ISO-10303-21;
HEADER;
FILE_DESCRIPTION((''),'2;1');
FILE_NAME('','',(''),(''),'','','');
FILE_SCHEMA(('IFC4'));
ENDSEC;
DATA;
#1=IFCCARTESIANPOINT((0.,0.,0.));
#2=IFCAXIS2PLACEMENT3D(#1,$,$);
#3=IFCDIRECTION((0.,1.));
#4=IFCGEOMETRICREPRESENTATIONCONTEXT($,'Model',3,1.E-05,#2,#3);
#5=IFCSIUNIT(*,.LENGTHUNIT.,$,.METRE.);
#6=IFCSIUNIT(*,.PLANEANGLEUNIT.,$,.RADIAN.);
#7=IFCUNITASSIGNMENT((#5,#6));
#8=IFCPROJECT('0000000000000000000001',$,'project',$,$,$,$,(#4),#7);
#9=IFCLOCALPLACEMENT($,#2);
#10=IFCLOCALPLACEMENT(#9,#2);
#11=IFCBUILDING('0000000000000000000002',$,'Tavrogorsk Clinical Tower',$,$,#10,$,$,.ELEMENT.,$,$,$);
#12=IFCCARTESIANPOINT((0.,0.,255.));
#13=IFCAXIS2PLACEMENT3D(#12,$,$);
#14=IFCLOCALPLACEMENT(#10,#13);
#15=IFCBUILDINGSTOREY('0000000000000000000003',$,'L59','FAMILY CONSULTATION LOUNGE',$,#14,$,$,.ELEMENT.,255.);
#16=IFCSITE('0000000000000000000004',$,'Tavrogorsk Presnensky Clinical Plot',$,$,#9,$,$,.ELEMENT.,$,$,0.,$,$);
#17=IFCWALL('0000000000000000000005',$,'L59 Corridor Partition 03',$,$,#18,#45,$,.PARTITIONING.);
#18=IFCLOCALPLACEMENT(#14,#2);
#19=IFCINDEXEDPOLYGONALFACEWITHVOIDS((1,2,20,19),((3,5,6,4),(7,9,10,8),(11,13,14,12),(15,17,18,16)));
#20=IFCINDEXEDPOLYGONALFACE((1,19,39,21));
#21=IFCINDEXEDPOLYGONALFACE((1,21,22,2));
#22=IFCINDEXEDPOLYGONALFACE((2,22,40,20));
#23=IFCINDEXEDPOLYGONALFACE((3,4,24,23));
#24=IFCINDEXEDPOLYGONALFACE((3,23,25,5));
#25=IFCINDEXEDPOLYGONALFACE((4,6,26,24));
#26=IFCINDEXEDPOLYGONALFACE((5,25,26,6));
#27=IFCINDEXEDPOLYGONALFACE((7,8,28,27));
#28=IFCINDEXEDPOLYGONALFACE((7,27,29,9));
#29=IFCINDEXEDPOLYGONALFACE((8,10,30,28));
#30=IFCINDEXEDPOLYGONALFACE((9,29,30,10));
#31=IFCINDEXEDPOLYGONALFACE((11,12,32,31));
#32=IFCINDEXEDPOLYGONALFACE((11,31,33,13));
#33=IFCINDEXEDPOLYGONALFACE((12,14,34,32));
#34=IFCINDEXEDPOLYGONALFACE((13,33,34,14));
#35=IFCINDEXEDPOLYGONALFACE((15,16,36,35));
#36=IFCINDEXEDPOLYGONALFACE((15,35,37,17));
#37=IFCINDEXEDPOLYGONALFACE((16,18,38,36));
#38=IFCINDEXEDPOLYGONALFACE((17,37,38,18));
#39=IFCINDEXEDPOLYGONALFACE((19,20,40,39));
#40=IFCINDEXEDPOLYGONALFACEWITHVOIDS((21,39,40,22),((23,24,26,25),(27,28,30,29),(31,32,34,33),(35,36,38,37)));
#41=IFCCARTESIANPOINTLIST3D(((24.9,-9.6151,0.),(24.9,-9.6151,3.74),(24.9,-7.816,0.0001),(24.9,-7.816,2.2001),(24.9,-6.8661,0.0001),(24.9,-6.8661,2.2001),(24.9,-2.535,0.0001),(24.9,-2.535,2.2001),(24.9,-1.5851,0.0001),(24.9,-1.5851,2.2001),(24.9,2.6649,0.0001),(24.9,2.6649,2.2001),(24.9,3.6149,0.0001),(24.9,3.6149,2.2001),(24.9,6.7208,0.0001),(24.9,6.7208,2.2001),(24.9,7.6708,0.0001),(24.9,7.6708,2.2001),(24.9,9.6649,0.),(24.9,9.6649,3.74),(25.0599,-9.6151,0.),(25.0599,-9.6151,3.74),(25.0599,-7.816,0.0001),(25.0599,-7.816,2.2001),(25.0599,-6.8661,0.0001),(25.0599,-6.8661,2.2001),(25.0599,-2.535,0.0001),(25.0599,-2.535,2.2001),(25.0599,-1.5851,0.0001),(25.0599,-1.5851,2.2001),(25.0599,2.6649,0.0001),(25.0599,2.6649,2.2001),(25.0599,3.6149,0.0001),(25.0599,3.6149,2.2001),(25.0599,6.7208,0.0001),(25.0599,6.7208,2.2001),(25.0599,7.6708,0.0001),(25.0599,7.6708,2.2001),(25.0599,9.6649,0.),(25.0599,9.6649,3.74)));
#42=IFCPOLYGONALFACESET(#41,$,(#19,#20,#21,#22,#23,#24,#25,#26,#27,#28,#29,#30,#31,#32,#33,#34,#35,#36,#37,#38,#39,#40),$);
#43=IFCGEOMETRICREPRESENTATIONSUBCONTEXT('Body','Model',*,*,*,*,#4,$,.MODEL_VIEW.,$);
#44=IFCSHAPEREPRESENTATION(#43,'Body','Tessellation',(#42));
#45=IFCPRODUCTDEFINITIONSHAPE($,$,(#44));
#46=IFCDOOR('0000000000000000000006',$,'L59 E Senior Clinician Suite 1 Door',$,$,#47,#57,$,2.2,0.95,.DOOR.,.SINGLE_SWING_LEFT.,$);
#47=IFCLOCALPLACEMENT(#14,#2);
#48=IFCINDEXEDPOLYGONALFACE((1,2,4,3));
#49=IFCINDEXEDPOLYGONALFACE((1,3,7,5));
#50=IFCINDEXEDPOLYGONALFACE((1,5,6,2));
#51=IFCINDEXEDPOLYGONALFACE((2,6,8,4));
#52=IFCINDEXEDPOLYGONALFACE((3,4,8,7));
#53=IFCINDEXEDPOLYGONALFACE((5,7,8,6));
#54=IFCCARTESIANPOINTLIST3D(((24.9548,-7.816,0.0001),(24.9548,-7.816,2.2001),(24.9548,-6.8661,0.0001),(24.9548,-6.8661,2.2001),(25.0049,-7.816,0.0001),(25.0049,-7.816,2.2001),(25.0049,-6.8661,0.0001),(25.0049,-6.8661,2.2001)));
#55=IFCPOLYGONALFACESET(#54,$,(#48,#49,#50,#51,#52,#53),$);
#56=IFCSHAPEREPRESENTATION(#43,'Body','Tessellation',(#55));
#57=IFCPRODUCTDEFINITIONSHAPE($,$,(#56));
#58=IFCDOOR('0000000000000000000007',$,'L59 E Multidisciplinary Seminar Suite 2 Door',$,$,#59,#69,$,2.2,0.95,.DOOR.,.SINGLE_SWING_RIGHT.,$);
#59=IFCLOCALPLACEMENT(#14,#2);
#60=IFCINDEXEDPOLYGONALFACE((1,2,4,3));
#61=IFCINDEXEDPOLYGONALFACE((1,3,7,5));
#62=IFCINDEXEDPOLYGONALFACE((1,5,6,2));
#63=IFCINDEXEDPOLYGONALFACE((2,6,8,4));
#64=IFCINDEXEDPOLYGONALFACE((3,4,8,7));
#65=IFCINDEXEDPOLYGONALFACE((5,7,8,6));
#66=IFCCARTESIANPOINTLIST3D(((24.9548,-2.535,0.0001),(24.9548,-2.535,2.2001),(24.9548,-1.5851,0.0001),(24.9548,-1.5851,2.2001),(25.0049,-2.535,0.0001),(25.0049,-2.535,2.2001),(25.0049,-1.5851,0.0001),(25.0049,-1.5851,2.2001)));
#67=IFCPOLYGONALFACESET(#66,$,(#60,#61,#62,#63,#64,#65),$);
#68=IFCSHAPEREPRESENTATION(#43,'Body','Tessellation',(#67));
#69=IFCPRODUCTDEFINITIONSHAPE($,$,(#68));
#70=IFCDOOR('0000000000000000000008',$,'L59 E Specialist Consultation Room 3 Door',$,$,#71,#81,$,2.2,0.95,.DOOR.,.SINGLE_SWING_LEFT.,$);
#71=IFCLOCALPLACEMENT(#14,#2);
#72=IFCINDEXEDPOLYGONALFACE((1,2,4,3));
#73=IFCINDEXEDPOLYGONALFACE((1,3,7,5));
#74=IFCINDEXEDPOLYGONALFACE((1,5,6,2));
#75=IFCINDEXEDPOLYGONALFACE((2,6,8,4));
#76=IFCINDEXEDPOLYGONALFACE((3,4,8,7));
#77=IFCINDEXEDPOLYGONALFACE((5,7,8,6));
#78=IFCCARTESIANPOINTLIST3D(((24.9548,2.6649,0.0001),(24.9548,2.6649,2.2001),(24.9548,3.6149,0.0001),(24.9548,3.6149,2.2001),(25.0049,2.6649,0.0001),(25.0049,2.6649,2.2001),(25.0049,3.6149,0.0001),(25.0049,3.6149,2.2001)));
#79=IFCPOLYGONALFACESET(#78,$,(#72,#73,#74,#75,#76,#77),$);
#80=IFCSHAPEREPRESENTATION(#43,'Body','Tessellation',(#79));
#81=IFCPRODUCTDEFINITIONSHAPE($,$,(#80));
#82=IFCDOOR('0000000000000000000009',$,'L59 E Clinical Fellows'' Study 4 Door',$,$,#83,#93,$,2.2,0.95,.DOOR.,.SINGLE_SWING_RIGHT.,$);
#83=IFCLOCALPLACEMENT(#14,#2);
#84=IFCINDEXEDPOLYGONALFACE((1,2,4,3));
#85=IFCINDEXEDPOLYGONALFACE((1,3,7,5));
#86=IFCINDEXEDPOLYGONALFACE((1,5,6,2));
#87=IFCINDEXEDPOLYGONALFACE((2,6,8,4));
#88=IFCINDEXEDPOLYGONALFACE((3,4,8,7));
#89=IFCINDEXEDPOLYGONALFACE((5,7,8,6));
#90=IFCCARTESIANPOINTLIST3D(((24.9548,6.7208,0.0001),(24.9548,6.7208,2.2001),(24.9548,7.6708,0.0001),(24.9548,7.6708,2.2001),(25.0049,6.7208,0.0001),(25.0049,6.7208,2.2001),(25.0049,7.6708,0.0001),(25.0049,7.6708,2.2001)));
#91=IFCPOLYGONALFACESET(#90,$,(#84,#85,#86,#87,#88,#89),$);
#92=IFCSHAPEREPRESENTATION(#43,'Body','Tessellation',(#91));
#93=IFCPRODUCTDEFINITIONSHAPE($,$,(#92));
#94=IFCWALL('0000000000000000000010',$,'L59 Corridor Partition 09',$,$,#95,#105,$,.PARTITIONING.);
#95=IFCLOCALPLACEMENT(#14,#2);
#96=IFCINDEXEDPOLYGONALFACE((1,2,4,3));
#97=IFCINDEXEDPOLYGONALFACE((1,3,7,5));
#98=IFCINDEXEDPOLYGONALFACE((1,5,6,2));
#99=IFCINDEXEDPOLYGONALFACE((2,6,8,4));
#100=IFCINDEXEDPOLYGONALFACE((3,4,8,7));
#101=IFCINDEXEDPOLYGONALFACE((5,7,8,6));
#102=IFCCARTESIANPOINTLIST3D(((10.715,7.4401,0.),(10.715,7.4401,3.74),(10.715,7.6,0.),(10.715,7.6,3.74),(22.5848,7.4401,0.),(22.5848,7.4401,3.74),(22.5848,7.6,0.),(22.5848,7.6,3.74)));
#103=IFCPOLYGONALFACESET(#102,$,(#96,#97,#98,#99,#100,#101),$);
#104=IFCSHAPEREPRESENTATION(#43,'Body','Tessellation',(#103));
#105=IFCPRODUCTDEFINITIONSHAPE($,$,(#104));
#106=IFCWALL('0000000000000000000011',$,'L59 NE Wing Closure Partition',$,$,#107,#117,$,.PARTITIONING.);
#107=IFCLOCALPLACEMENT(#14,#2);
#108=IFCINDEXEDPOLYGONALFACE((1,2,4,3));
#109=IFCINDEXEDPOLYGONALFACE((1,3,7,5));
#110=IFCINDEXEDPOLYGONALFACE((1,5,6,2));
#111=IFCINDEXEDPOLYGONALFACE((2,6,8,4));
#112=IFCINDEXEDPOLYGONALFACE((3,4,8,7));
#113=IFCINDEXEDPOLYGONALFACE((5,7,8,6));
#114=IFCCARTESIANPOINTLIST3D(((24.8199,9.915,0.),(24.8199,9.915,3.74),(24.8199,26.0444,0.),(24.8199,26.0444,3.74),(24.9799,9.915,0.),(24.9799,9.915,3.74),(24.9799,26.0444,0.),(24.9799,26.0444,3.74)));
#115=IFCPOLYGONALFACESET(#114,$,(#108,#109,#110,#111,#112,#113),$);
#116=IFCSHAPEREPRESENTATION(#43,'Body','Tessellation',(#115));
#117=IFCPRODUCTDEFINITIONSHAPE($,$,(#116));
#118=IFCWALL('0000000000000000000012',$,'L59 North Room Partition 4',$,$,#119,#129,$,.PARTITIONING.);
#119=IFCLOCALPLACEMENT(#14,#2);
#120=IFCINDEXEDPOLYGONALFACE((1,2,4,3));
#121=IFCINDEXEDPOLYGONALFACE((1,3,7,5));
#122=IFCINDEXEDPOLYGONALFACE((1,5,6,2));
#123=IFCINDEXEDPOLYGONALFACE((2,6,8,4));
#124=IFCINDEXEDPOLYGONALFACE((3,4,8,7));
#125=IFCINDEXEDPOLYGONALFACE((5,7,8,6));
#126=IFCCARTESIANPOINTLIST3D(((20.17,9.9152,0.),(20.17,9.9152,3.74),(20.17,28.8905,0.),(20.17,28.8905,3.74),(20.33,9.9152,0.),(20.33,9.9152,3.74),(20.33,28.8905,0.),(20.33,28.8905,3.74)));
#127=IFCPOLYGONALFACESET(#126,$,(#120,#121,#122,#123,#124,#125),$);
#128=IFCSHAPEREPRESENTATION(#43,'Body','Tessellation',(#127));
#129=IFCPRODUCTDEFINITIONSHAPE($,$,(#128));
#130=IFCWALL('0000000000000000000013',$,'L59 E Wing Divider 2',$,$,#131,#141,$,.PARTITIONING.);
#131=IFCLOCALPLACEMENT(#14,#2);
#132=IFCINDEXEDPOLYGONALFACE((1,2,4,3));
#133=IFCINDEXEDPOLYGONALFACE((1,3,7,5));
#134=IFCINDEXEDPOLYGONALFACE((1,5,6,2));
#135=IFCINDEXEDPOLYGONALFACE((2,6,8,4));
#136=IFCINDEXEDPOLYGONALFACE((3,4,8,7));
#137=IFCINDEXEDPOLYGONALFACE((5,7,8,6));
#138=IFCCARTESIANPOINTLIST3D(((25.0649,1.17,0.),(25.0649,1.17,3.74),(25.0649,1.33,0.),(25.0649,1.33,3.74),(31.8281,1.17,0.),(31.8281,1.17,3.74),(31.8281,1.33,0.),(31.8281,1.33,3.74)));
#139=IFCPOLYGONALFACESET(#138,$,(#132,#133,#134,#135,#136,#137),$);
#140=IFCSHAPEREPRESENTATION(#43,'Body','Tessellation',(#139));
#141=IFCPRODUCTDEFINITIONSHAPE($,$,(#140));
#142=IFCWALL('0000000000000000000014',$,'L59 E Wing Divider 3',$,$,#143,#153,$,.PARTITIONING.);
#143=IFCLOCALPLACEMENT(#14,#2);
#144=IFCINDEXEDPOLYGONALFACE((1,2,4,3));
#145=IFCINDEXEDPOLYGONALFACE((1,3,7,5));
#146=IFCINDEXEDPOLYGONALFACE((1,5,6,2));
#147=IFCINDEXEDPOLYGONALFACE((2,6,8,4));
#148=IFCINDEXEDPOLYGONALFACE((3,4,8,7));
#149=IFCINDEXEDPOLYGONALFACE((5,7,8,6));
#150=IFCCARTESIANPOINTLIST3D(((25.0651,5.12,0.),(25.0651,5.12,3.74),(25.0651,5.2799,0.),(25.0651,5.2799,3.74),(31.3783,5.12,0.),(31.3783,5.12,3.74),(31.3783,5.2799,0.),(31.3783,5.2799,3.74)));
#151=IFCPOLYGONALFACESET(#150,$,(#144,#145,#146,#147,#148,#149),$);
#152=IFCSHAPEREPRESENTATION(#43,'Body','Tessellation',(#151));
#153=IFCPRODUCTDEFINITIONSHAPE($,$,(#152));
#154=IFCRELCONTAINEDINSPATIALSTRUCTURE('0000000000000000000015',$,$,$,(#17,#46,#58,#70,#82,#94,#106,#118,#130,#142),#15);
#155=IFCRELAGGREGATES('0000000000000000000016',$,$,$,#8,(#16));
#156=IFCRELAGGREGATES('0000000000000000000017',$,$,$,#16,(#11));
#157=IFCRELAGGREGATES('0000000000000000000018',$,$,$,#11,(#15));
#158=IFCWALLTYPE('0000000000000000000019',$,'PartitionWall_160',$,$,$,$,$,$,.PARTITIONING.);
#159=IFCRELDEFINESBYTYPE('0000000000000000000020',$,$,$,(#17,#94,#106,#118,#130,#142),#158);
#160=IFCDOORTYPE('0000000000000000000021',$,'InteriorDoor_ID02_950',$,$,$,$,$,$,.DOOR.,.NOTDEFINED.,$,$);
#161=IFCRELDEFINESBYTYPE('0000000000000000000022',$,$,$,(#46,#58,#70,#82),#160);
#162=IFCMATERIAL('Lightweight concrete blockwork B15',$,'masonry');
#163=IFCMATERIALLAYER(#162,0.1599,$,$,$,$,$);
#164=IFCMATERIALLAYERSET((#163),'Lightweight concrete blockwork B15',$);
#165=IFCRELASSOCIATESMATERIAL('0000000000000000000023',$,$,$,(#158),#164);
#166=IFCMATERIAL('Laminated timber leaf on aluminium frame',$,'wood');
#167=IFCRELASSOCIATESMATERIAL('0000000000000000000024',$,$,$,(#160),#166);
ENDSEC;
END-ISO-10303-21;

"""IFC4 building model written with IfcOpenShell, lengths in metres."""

from ifc_helpers import new_model, si_unit, direction, frame, frame_2d, origin, place, context, subcontext, project, spatial, rectangle, extrude, material, layer, layer_set, type_object, element, fill, save


model = new_model("IFC4")

# Units and contexts
model_context = context("Model", 3, precision=1e-05, world=origin(), true_north=direction((0.0, 1.0)))
body_context = subcontext(model_context, "Body", "Model", "MODEL_VIEW")
ifc_project = project(units=[si_unit("LENGTHUNIT", "METRE"), si_unit("PLANEANGLEUNIT", "RADIAN")], contexts=[model_context])

# Site, building, storey
site_placement = place(None, origin())
site = spatial("IfcSite", under=ifc_project, at=site_placement, Name="Tavrogorsk Presnensky Clinical Plot", CompositionType="ELEMENT", RefElevation=0.0)
building_placement = place(site_placement, origin())
building = spatial("IfcBuilding", under=site, at=building_placement, Name="Tavrogorsk Clinical Tower", CompositionType="ELEMENT")
storey_placement = place(building_placement, frame((0.0, 0.0, 255.0)))
storey = spatial("IfcBuildingStorey", under=building, at=storey_placement, Name="L59", Description="FAMILY CONSULTATION LOUNGE", CompositionType="ELEMENT", Elevation=255.0)

# Wall, openings, doors
ifc_material_1 = material(Name="Lightweight concrete blockwork B15", Category="masonry")
ifc_layer_1 = layer(ifc_material_1, 0.1599)
ifc_layer_set_1 = layer_set([ifc_layer_1], Name="Lightweight concrete blockwork B15")
wall_type_1 = type_object("IfcWallType", Name="PartitionWall_160", PredefinedType="PARTITIONING", material=ifc_layer_set_1)
wall_1_placement = place(storey_placement, frame((24.98, 9.665, 0.0), z_axis=(0.0, 0.0, 1.0), x_axis=(0.0, -1.0, 0.0)))
wall_1 = element("IfcWall", 1, at=wall_1_placement, inside=storey, type_object=wall_type_1, Name="L59 Corridor Partition 03", PredefinedType="PARTITIONING", context=body_context, shape_type="SweptSolid", body=[
    extrude(rectangle(XDim=19.28, YDim=0.1599, at=frame_2d((9.6401, 0.0))), origin(), (0.0, 0.0, 1.0), 3.74),
])
opening_1_placement = place(wall_1_placement, frame((16.531, 0.0, 0.0)))
opening_1 = element("IfcOpeningElement", 2, at=opening_1_placement, cuts=wall_1, PredefinedType="OPENING", context=body_context, shape_type="SweptSolid", body=[
    extrude(rectangle(XDim=0.95, YDim=2.2, at=frame_2d((0.4751, 1.1001))), frame((0.0, 0.0898, 0.0), z_axis=(0.0, -1.0, 0.0), x_axis=(1.0, 0.0, 0.0)), (0.0, 0.0, 1.0), 0.1799),
])
opening_2_placement = place(wall_1_placement, frame((11.25, 0.0, 0.0)))
opening_2 = element("IfcOpeningElement", 3, at=opening_2_placement, cuts=wall_1, PredefinedType="OPENING", context=body_context, shape_type="SweptSolid", body=[
    extrude(rectangle(XDim=0.95, YDim=2.2, at=frame_2d((0.4751, 1.1001))), frame((0.0, 0.0898, 0.0), z_axis=(0.0, -1.0, 0.0), x_axis=(1.0, 0.0, 0.0)), (0.0, 0.0, 1.0), 0.1799),
])
opening_3_placement = place(wall_1_placement, frame((6.05, 0.0, 0.0)))
opening_3 = element("IfcOpeningElement", 4, at=opening_3_placement, cuts=wall_1, PredefinedType="OPENING", context=body_context, shape_type="SweptSolid", body=[
    extrude(rectangle(XDim=0.95, YDim=2.2, at=frame_2d((0.4751, 1.1001))), frame((0.0, 0.0898, 0.0), z_axis=(0.0, -1.0, 0.0), x_axis=(1.0, 0.0, 0.0)), (0.0, 0.0, 1.0), 0.1799),
])
opening_4_placement = place(wall_1_placement, frame((1.9941, 0.0, 0.0)))
opening_4 = element("IfcOpeningElement", 5, at=opening_4_placement, cuts=wall_1, PredefinedType="OPENING", context=body_context, shape_type="SweptSolid", body=[
    extrude(rectangle(XDim=0.95, YDim=2.2, at=frame_2d((0.4751, 1.1001))), frame((0.0, 0.0898, 0.0), z_axis=(0.0, -1.0, 0.0), x_axis=(1.0, 0.0, 0.0)), (0.0, 0.0, 1.0), 0.1799),
])
ifc_material_2 = material(Name="Laminated timber leaf on aluminium frame", Category="wood")
door_type_1 = type_object("IfcDoorType", Name="InteriorDoor_ID02_950", OperationType="NOTDEFINED", PredefinedType="DOOR", material=ifc_material_2)
door_1_placement = place(opening_1_placement, origin())
door_1 = element("IfcDoor", 6, at=door_1_placement, inside=storey, type_object=door_type_1, Name="L59 E Senior Clinician Suite 1 Door", OperationType="SINGLE_SWING_LEFT", OverallHeight=2.2, OverallWidth=0.95, PredefinedType="DOOR", context=body_context, shape_type="SweptSolid", body=[
    extrude(rectangle(XDim=0.95, YDim=2.2, at=frame_2d((0.4751, 1.1001))), frame((0.0, 0.0249, 0.0), z_axis=(0.0, -1.0, 0.0), x_axis=(1.0, 0.0, 0.0)), (0.0, 0.0, 1.0), 0.05),
])
fill(opening_1, door_1)
door_2_placement = place(opening_2_placement, origin())
door_2 = element("IfcDoor", 7, at=door_2_placement, inside=storey, type_object=door_type_1, Name="L59 E Multidisciplinary Seminar Suite 2 Door", OperationType="SINGLE_SWING_RIGHT", OverallHeight=2.2, OverallWidth=0.95, PredefinedType="DOOR", context=body_context, shape_type="SweptSolid", body=[
    extrude(rectangle(XDim=0.95, YDim=2.2, at=frame_2d((0.4751, 1.1001))), frame((0.0, 0.0249, 0.0), z_axis=(0.0, -1.0, 0.0), x_axis=(1.0, 0.0, 0.0)), (0.0, 0.0, 1.0), 0.05),
])
fill(opening_2, door_2)
door_3_placement = place(opening_3_placement, origin())
door_3 = element("IfcDoor", 8, at=door_3_placement, inside=storey, type_object=door_type_1, Name="L59 E Specialist Consultation Room 3 Door", OperationType="SINGLE_SWING_LEFT", OverallHeight=2.2, OverallWidth=0.95, PredefinedType="DOOR", context=body_context, shape_type="SweptSolid", body=[
    extrude(rectangle(XDim=0.95, YDim=2.2, at=frame_2d((0.4751, 1.1001))), frame((0.0, 0.0249, 0.0), z_axis=(0.0, -1.0, 0.0), x_axis=(1.0, 0.0, 0.0)), (0.0, 0.0, 1.0), 0.05),
])
fill(opening_3, door_3)
door_4_placement = place(opening_4_placement, origin())
door_4 = element("IfcDoor", 9, at=door_4_placement, inside=storey, type_object=door_type_1, Name="L59 E Clinical Fellows' Study 4 Door", OperationType="SINGLE_SWING_RIGHT", OverallHeight=2.2, OverallWidth=0.95, PredefinedType="DOOR", context=body_context, shape_type="SweptSolid", body=[
    extrude(rectangle(XDim=0.95, YDim=2.2, at=frame_2d((0.4751, 1.1001))), frame((0.0, 0.0249, 0.0), z_axis=(0.0, -1.0, 0.0), x_axis=(1.0, 0.0, 0.0)), (0.0, 0.0, 1.0), 0.05),
])
fill(opening_4, door_4)

# Walls
wall_2_placement = place(storey_placement, frame((22.585, 7.52, 0.0), z_axis=(0.0, 0.0, 1.0), x_axis=(-1.0, 0.0, 0.0)))
element("IfcWall", 10, at=wall_2_placement, inside=storey, type_object=wall_type_1, Name="L59 Corridor Partition 09", PredefinedType="PARTITIONING", context=body_context, shape_type="SweptSolid", body=[
    extrude(rectangle(XDim=11.8699, YDim=0.1599, at=frame_2d((5.9351, 0.0))), origin(), (0.0, 0.0, 1.0), 3.74),
])
wall_3_placement = place(storey_placement, frame((24.8999, 9.915, 0.0), z_axis=(0.0, 0.0, 1.0), x_axis=(0.0, 1.0, 0.0)))
element("IfcWall", 11, at=wall_3_placement, inside=storey, type_object=wall_type_1, Name="L59 NE Wing Closure Partition", PredefinedType="PARTITIONING", context=body_context, shape_type="SweptSolid", body=[
    extrude(rectangle(XDim=16.1294, YDim=0.1599, at=frame_2d((8.0647, 0.0))), origin(), (0.0, 0.0, 1.0), 3.74),
])
wall_4_placement = place(storey_placement, frame((20.25, 9.915, 0.0), z_axis=(0.0, 0.0, 1.0), x_axis=(0.0, 1.0, 0.0)))
element("IfcWall", 12, at=wall_4_placement, inside=storey, type_object=wall_type_1, Name="L59 North Room Partition 4", PredefinedType="PARTITIONING", context=body_context, shape_type="SweptSolid", body=[
    extrude(rectangle(XDim=18.9753, YDim=0.1599, at=frame_2d((9.4878, 0.0))), origin(), (0.0, 0.0, 1.0), 3.74),
])
wall_5_placement = place(storey_placement, frame((25.0649, 1.25, 0.0), z_axis=(0.0, 0.0, 1.0), x_axis=(1.0, 0.0, 0.0)))
element("IfcWall", 13, at=wall_5_placement, inside=storey, type_object=wall_type_1, Name="L59 E Wing Divider 2", PredefinedType="PARTITIONING", context=body_context, shape_type="SweptSolid", body=[
    extrude(rectangle(XDim=6.7632, YDim=0.1599, at=frame_2d((3.3816, 0.0))), origin(), (0.0, 0.0, 1.0), 3.74),
])
wall_6_placement = place(storey_placement, frame((25.0649, 5.2, 0.0), z_axis=(0.0, 0.0, 1.0), x_axis=(1.0, 0.0, 0.0)))
element("IfcWall", 14, at=wall_6_placement, inside=storey, type_object=wall_type_1, Name="L59 E Wing Divider 3", PredefinedType="PARTITIONING", context=body_context, shape_type="SweptSolid", body=[
    extrude(rectangle(XDim=6.3132, YDim=0.1599, at=frame_2d((3.1567, 0.0))), origin(), (0.0, 0.0, 1.0), 3.74),
])

save(model, "model.ifc")
